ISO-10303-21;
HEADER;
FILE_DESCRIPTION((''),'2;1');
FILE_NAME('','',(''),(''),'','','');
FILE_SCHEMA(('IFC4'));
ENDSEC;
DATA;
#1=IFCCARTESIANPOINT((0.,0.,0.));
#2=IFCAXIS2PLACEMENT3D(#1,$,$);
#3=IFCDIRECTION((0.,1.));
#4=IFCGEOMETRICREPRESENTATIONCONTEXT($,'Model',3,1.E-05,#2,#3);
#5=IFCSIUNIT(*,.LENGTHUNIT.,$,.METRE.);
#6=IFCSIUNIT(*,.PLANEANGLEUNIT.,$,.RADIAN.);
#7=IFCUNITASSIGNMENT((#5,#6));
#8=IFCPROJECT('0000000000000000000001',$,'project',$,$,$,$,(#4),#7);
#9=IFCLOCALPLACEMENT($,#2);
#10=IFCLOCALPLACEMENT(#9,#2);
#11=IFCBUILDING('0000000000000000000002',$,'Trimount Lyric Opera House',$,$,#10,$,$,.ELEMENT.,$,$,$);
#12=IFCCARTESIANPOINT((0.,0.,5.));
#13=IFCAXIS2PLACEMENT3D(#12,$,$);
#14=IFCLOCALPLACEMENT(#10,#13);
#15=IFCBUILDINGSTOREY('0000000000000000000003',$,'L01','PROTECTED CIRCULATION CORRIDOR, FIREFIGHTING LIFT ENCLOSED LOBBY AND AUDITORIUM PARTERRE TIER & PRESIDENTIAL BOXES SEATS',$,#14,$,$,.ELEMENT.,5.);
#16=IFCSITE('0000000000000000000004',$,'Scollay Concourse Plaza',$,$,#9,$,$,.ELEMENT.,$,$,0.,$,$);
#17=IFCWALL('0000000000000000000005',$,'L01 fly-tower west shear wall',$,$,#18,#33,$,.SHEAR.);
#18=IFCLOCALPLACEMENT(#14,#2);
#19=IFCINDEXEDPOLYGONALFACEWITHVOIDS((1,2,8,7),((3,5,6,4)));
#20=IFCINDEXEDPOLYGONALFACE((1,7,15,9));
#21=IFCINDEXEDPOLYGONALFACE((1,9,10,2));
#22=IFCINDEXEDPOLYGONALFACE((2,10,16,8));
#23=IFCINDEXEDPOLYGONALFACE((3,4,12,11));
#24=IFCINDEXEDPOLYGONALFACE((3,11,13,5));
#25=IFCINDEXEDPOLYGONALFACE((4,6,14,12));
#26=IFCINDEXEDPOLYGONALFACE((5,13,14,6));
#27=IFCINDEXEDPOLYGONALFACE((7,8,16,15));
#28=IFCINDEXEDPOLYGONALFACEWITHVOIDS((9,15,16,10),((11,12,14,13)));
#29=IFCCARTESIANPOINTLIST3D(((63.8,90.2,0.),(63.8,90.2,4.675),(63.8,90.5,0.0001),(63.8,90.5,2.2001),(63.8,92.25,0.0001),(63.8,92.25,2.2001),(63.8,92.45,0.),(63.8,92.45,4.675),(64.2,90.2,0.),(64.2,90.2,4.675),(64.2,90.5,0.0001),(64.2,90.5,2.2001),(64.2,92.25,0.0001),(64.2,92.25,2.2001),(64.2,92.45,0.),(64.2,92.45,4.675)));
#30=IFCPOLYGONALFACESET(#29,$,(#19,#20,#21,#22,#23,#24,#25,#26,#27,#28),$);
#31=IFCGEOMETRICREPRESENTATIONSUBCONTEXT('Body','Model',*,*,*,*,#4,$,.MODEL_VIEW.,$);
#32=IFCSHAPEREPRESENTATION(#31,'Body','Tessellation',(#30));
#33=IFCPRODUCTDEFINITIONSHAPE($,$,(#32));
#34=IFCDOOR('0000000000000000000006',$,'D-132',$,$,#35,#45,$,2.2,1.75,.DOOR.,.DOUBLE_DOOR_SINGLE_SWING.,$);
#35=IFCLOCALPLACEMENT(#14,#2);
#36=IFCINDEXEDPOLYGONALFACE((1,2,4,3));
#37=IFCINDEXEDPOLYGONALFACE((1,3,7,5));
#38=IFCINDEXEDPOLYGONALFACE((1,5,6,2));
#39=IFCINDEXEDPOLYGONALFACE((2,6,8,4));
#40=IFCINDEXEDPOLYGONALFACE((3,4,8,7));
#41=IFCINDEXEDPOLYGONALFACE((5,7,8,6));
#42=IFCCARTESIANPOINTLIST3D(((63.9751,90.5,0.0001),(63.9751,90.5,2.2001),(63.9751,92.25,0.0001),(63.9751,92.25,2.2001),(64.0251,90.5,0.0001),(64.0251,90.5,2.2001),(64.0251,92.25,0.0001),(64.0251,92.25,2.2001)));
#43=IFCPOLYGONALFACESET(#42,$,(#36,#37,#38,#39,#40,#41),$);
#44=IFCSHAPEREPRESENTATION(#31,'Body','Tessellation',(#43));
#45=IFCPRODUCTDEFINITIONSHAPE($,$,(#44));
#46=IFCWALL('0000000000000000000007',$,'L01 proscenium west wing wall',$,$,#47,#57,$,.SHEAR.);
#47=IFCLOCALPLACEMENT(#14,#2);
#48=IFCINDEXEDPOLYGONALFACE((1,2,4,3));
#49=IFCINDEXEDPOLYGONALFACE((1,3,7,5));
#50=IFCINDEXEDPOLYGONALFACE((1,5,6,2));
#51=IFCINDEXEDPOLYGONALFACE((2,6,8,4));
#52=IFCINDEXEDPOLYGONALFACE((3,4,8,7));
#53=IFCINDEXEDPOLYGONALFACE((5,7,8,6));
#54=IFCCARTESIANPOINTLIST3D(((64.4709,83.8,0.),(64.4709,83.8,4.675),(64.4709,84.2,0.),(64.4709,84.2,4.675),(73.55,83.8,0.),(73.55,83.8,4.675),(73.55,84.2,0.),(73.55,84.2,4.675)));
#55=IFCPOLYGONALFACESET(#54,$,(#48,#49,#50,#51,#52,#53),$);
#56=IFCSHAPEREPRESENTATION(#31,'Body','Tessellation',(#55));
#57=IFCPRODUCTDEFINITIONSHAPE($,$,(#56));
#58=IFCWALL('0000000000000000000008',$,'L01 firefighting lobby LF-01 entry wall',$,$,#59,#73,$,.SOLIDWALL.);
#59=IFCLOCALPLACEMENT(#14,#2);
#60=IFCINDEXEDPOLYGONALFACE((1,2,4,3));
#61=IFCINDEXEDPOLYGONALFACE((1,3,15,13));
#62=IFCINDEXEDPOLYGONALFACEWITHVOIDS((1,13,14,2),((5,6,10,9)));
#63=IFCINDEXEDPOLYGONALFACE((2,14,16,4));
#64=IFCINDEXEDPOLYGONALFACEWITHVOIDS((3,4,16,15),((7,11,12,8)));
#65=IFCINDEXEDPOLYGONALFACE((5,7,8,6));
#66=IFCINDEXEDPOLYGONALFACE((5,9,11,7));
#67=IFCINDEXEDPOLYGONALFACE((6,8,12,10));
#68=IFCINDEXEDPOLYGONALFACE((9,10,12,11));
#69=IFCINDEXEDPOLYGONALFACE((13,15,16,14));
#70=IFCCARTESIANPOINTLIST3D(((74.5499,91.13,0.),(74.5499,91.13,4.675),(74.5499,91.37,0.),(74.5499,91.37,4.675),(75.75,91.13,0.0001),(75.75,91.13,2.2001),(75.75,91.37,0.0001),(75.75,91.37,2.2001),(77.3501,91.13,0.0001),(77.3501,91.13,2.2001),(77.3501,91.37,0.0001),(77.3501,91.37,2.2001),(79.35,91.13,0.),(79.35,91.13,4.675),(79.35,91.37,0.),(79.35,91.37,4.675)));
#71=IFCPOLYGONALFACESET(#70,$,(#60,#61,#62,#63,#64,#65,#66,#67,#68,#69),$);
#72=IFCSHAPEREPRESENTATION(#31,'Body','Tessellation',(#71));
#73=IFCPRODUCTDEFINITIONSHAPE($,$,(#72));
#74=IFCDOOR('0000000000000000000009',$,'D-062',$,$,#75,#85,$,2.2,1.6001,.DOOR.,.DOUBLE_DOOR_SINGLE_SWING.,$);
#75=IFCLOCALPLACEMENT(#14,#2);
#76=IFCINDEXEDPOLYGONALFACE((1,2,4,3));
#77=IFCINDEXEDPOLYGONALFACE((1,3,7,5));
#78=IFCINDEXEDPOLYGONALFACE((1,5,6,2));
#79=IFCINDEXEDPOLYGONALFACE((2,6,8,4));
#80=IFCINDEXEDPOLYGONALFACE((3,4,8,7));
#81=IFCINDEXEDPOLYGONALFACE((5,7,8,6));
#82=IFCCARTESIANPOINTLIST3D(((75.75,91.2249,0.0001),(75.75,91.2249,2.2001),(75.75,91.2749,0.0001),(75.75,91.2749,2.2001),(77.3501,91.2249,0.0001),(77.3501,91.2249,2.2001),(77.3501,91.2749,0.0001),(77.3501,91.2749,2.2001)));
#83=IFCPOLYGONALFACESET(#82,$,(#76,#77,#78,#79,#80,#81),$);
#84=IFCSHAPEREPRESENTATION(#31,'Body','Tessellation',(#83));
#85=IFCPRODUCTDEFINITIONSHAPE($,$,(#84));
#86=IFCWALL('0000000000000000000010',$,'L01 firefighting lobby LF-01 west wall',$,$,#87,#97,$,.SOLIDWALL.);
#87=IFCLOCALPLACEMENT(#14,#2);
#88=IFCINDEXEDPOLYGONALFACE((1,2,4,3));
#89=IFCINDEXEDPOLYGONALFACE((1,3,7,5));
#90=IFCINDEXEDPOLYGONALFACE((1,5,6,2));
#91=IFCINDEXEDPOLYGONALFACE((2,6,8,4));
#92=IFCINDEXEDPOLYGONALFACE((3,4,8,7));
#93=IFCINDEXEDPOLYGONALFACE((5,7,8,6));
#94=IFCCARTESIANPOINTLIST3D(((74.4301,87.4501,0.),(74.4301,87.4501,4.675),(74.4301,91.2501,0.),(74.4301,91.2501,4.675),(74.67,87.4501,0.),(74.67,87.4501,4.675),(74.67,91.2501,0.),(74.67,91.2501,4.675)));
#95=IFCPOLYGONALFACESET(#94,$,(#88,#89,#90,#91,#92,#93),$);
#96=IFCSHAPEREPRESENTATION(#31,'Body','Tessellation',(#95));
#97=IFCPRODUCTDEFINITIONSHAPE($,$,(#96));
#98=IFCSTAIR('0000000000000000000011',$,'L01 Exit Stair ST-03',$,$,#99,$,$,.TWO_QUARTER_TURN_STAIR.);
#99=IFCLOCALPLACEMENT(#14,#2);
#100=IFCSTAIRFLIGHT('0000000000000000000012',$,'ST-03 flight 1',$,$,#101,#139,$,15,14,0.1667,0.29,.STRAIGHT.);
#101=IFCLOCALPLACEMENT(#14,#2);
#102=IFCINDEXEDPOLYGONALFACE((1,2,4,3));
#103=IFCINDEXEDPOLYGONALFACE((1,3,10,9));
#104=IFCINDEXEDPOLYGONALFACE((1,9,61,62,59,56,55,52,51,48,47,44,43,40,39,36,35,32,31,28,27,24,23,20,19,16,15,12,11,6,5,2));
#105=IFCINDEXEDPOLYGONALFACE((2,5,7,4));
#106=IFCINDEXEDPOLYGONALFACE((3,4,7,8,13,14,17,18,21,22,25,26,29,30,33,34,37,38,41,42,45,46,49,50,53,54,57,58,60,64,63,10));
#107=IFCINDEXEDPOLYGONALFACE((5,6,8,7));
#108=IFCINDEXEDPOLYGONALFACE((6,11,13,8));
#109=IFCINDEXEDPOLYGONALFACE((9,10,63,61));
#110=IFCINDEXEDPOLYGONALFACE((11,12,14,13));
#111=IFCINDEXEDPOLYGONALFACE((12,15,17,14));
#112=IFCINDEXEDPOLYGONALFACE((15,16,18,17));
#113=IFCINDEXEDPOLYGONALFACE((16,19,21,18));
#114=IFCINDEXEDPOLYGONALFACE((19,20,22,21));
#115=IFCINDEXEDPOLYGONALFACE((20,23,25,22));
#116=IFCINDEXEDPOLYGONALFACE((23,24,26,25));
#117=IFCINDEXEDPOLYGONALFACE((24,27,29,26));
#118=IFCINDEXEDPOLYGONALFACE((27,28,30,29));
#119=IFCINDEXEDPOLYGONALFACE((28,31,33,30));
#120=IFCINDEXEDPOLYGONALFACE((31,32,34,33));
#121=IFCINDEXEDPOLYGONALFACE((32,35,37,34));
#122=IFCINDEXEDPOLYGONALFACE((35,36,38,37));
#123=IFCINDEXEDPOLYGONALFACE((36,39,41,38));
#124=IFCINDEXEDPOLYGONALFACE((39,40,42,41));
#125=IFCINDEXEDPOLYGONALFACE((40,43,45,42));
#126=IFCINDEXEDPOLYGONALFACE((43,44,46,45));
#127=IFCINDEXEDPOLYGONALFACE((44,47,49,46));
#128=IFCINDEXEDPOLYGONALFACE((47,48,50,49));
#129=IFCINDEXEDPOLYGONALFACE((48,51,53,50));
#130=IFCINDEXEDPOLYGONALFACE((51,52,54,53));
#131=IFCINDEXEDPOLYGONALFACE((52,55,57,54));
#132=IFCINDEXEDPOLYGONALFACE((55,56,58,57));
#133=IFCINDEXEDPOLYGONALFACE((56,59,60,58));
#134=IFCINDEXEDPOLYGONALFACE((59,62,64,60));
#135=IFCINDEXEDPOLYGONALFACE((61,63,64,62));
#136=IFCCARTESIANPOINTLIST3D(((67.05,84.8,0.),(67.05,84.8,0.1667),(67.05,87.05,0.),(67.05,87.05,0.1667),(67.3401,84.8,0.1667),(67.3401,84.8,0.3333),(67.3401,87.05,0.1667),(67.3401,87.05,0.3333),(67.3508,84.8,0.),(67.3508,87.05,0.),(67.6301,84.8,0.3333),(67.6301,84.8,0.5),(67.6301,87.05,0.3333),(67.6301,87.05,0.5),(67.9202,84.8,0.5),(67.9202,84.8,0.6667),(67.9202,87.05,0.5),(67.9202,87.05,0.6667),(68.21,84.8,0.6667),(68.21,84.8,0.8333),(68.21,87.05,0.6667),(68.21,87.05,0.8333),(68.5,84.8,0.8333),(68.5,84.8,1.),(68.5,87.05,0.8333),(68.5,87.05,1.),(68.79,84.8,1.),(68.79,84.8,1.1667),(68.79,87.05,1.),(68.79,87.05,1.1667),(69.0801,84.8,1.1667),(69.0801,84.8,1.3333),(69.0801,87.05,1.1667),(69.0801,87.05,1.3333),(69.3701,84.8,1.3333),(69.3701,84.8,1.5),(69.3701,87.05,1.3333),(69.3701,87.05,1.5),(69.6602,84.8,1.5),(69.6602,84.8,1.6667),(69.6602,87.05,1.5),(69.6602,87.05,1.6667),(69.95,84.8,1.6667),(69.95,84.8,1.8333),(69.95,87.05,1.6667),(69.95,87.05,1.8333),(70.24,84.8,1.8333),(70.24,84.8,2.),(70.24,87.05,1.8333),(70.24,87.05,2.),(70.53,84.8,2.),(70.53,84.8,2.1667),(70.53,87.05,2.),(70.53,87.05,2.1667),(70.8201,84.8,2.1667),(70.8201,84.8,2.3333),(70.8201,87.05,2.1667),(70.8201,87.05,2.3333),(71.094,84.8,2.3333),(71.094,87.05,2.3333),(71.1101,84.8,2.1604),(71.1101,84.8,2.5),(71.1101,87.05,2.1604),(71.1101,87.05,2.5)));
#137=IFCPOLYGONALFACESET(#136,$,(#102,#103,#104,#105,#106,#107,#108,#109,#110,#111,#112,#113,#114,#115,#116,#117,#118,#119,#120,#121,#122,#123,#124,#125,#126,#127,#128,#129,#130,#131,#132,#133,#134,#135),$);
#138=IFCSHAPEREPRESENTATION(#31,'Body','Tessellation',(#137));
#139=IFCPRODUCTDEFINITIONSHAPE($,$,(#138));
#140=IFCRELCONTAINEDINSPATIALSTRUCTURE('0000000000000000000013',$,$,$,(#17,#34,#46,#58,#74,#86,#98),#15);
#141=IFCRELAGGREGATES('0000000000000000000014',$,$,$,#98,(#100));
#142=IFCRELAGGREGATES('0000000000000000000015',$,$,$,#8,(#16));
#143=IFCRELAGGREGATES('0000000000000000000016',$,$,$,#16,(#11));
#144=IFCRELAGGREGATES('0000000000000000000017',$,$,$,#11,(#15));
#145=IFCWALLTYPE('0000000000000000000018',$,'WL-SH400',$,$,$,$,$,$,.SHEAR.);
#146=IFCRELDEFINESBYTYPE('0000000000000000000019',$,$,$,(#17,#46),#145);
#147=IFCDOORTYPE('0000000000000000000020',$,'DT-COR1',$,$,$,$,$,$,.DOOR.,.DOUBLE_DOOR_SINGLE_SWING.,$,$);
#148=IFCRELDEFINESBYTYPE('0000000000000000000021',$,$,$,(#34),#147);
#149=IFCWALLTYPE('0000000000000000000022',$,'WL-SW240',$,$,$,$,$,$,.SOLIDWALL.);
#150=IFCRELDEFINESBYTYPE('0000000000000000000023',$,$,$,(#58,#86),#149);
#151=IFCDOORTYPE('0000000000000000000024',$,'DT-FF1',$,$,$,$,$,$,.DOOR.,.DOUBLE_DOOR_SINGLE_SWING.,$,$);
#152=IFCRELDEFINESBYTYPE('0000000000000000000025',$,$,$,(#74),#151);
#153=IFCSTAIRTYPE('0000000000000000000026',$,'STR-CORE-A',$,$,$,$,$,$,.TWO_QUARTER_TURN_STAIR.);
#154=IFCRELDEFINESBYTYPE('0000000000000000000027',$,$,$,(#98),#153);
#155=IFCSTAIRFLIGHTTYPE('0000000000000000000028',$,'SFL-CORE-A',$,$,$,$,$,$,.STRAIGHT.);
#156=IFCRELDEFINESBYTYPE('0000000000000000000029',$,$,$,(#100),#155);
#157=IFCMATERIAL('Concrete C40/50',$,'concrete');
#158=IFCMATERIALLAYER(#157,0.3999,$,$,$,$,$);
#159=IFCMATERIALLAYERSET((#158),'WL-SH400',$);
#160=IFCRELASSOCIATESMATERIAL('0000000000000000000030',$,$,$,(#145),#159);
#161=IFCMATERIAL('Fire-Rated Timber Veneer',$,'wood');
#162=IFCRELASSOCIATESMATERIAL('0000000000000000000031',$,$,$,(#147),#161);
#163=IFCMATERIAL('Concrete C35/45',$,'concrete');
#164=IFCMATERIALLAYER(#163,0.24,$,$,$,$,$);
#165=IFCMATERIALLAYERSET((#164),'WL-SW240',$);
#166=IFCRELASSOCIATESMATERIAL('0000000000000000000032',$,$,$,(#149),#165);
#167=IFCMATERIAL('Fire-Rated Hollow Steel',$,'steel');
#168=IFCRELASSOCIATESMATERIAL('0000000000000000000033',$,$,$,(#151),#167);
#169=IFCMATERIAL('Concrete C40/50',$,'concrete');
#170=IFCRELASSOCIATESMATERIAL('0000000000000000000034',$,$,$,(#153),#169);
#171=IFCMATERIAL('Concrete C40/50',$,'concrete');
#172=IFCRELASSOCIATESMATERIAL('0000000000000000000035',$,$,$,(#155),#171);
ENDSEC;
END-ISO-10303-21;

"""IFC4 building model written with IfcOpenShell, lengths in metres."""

from ifc_helpers import new_model, si_unit, direction, frame, frame_2d, origin, place, context, subcontext, project, spatial, polyline, rectangle, outline, extrude, material, layer, layer_set, type_object, element, fill, aggregate, save


model = new_model("IFC4")

# Units and contexts
model_context = context("Model", 3, precision=1e-05, world=origin(), true_north=direction((0.0, 1.0)))
body_context = subcontext(model_context, "Body", "Model", "MODEL_VIEW")
ifc_project = project(units=[si_unit("LENGTHUNIT", "METRE"), si_unit("PLANEANGLEUNIT", "RADIAN")], contexts=[model_context])

# Site, building, storey
site_placement = place(None, origin())
site = spatial("IfcSite", under=ifc_project, at=site_placement, Name="Scollay Concourse Plaza", CompositionType="ELEMENT", RefElevation=0.0)
building_placement = place(site_placement, origin())
building = spatial("IfcBuilding", under=site, at=building_placement, Name="Trimount Lyric Opera House", CompositionType="ELEMENT")
storey_placement = place(building_placement, frame((0.0, 0.0, 5.0)))
storey = spatial("IfcBuildingStorey", under=building, at=storey_placement, Name="L01", Description="PROTECTED CIRCULATION CORRIDOR, FIREFIGHTING LIFT ENCLOSED LOBBY AND AUDITORIUM PARTERRE TIER & PRESIDENTIAL BOXES SEATS", CompositionType="ELEMENT", Elevation=5.0)

# Shared definitions
ifc_material_1 = material(Name="Concrete C40/50", Category="concrete")
ifc_layer_1 = layer(ifc_material_1, 0.3999)
ifc_layer_set_1 = layer_set([ifc_layer_1], Name="WL-SH400")
wall_type_1 = type_object("IfcWallType", Name="WL-SH400", PredefinedType="SHEAR", material=ifc_layer_set_1)

# Wall, opening, door
wall_1_placement = place(storey_placement, frame((64.0, 90.2, 0.0), z_axis=(0.0, 0.0, 1.0), x_axis=(0.0, 1.0, 0.0)))
wall_1 = element("IfcWall", 1, at=wall_1_placement, inside=storey, type_object=wall_type_1, Name="L01 fly-tower west shear wall", PredefinedType="SHEAR", context=body_context, shape_type="SweptSolid", body=[
    extrude(rectangle(XDim=2.25, YDim=0.3999, at=frame_2d((1.125, 0.0))), origin(), (0.0, 0.0, 1.0), 4.675),
])
opening_1_placement = place(wall_1_placement, frame((0.3, 0.0, 0.0)))
opening_1 = element("IfcOpeningElement", 2, at=opening_1_placement, cuts=wall_1, PredefinedType="OPENING", context=body_context, shape_type="SweptSolid", body=[
    extrude(rectangle(XDim=1.75, YDim=2.2, at=frame_2d((0.875, 1.1001))), frame((0.0, 0.21, 0.0), z_axis=(0.0, -1.0, 0.0), x_axis=(1.0, 0.0, 0.0)), (0.0, 0.0, 1.0), 0.4199),
])
ifc_material_2 = material(Name="Fire-Rated Timber Veneer", Category="wood")
door_type_1 = type_object("IfcDoorType", Name="DT-COR1", OperationType="DOUBLE_DOOR_SINGLE_SWING", PredefinedType="DOOR", material=ifc_material_2)
door_1_placement = place(opening_1_placement, origin())
door_1 = element("IfcDoor", 3, at=door_1_placement, inside=storey, type_object=door_type_1, Name="D-132", OperationType="DOUBLE_DOOR_SINGLE_SWING", OverallHeight=2.2, OverallWidth=1.75, PredefinedType="DOOR", context=body_context, shape_type="SweptSolid", body=[
    extrude(rectangle(XDim=1.75, YDim=2.2, at=frame_2d((0.875, 1.1001))), frame((0.0, 0.0249, 0.0), z_axis=(0.0, -1.0, 0.0), x_axis=(1.0, 0.0, 0.0)), (0.0, 0.0, 1.0), 0.05),
])
fill(opening_1, door_1)

# Wall
wall_2_placement = place(storey_placement, frame((64.4709, 84.0, 0.0), z_axis=(0.0, 0.0, 1.0), x_axis=(1.0, 0.0, 0.0)))
element("IfcWall", 4, at=wall_2_placement, inside=storey, type_object=wall_type_1, Name="L01 proscenium west wing wall", PredefinedType="SHEAR", context=body_context, shape_type="SweptSolid", body=[
    extrude(rectangle(XDim=9.0791, YDim=0.3999, at=frame_2d((4.5396, 0.0))), origin(), (0.0, 0.0, 1.0), 4.675),
])

# Wall, opening, door
ifc_material_3 = material(Name="Concrete C35/45", Category="concrete")
ifc_layer_2 = layer(ifc_material_3, 0.24)
ifc_layer_set_2 = layer_set([ifc_layer_2], Name="WL-SW240")
wall_type_2 = type_object("IfcWallType", Name="WL-SW240", PredefinedType="SOLIDWALL", material=ifc_layer_set_2)
wall_3_placement = place(storey_placement, frame((74.55, 91.25, 0.0), z_axis=(0.0, 0.0, 1.0), x_axis=(1.0, 0.0, 0.0)))
wall_3 = element("IfcWall", 5, at=wall_3_placement, inside=storey, type_object=wall_type_2, Name="L01 firefighting lobby LF-01 entry wall", PredefinedType="SOLIDWALL", context=body_context, shape_type="SweptSolid", body=[
    extrude(rectangle(XDim=4.8, YDim=0.24, at=frame_2d((2.3999, 0.0))), origin(), (0.0, 0.0, 1.0), 4.675),
])
opening_2_placement = place(wall_3_placement, frame((1.2, 0.0, 0.0)))
opening_2 = element("IfcOpeningElement", 6, at=opening_2_placement, cuts=wall_3, PredefinedType="OPENING", context=body_context, shape_type="SweptSolid", body=[
    extrude(rectangle(XDim=1.6001, YDim=2.2, at=frame_2d((0.8, 1.1001))), frame((0.0, 0.1299, 0.0), z_axis=(0.0, -1.0, 0.0), x_axis=(1.0, 0.0, 0.0)), (0.0, 0.0, 1.0), 0.26),
])
ifc_material_4 = material(Name="Fire-Rated Hollow Steel", Category="steel")
door_type_2 = type_object("IfcDoorType", Name="DT-FF1", OperationType="DOUBLE_DOOR_SINGLE_SWING", PredefinedType="DOOR", material=ifc_material_4)
door_2_placement = place(opening_2_placement, origin())
door_2 = element("IfcDoor", 7, at=door_2_placement, inside=storey, type_object=door_type_2, Name="D-062", OperationType="DOUBLE_DOOR_SINGLE_SWING", OverallHeight=2.2, OverallWidth=1.6001, PredefinedType="DOOR", context=body_context, shape_type="SweptSolid", body=[
    extrude(rectangle(XDim=1.6001, YDim=2.2, at=frame_2d((0.8, 1.1001))), frame((0.0, 0.0249, 0.0), z_axis=(0.0, -1.0, 0.0), x_axis=(1.0, 0.0, 0.0)), (0.0, 0.0, 1.0), 0.05),
])
fill(opening_2, door_2)

# Wall
wall_4_placement = place(storey_placement, frame((74.55, 91.25, 0.0), z_axis=(0.0, 0.0, 1.0), x_axis=(0.0, -1.0, 0.0)))
element("IfcWall", 8, at=wall_4_placement, inside=storey, type_object=wall_type_2, Name="L01 firefighting lobby LF-01 west wall", PredefinedType="SOLIDWALL", context=body_context, shape_type="SweptSolid", body=[
    extrude(rectangle(XDim=3.8, YDim=0.24, at=frame_2d((1.8999, 0.0))), origin(), (0.0, 0.0, 1.0), 4.675),
])

# Stair, stair flight
ifc_material_5 = material(Name="Concrete C40/50", Category="concrete")
stair_type = type_object("IfcStairType", Name="STR-CORE-A", PredefinedType="TWO_QUARTER_TURN_STAIR", material=ifc_material_5)
stair_placement = place(storey_placement, origin())
stair = element("IfcStair", 9, at=stair_placement, inside=storey, type_object=stair_type, Name="L01 Exit Stair ST-03", PredefinedType="TWO_QUARTER_TURN_STAIR")
ifc_material_6 = material(Name="Concrete C40/50", Category="concrete")
stair_flight_type = type_object("IfcStairFlightType", Name="SFL-CORE-A", PredefinedType="STRAIGHT", material=ifc_material_6)
stair_flight_1_placement = place(storey_placement, frame((67.05, 85.925, 0.0), z_axis=(0.0, 0.0, 1.0), x_axis=(1.0, 0.0, 0.0)))
stair_flight_1 = element("IfcStairFlight", 10, at=stair_flight_1_placement, type_object=stair_flight_type, Name="ST-03 flight 1", NumberOfRisers=15, NumberOfTreads=14, PredefinedType="STRAIGHT", RiserHeight=0.1667, TreadLength=0.29, context=body_context, shape_type="SweptSolid", body=[
    extrude(outline(polyline([(0.0, 0.0), (0.0, 0.1667), (0.29, 0.1667), (0.29, 0.3333), (0.5801, 0.3333), (0.5801, 0.5), (0.8701, 0.5), (0.8701, 0.6667), (1.1599, 0.6667), (1.1599, 0.8333), (1.45, 0.8333), (1.45, 1.0), (1.74, 1.0), (1.74, 1.1667), (2.03, 1.1667), (2.03, 1.3333), (2.3201, 1.3333), (2.3201, 1.5), (2.6101, 1.5), (2.6101, 1.6667), (2.8999, 1.6667), (2.8999, 1.8333), (3.1899, 1.8333), (3.1899, 2.0), (3.48, 2.0), (3.48, 2.1667), (3.77, 2.1667), (3.77, 2.3333), (4.0439, 2.3333), (4.0601, 2.5), (4.0601, 2.1604), (0.3008, 0.0), (0.0, 0.0)])), frame((0.0, 1.125, 0.0), z_axis=(0.0, -1.0, 0.0), x_axis=(1.0, 0.0, 0.0)), (0.0, 0.0, 1.0), 2.25),
])
aggregate(stair, [stair_flight_1])

save(model, "model.ifc")
